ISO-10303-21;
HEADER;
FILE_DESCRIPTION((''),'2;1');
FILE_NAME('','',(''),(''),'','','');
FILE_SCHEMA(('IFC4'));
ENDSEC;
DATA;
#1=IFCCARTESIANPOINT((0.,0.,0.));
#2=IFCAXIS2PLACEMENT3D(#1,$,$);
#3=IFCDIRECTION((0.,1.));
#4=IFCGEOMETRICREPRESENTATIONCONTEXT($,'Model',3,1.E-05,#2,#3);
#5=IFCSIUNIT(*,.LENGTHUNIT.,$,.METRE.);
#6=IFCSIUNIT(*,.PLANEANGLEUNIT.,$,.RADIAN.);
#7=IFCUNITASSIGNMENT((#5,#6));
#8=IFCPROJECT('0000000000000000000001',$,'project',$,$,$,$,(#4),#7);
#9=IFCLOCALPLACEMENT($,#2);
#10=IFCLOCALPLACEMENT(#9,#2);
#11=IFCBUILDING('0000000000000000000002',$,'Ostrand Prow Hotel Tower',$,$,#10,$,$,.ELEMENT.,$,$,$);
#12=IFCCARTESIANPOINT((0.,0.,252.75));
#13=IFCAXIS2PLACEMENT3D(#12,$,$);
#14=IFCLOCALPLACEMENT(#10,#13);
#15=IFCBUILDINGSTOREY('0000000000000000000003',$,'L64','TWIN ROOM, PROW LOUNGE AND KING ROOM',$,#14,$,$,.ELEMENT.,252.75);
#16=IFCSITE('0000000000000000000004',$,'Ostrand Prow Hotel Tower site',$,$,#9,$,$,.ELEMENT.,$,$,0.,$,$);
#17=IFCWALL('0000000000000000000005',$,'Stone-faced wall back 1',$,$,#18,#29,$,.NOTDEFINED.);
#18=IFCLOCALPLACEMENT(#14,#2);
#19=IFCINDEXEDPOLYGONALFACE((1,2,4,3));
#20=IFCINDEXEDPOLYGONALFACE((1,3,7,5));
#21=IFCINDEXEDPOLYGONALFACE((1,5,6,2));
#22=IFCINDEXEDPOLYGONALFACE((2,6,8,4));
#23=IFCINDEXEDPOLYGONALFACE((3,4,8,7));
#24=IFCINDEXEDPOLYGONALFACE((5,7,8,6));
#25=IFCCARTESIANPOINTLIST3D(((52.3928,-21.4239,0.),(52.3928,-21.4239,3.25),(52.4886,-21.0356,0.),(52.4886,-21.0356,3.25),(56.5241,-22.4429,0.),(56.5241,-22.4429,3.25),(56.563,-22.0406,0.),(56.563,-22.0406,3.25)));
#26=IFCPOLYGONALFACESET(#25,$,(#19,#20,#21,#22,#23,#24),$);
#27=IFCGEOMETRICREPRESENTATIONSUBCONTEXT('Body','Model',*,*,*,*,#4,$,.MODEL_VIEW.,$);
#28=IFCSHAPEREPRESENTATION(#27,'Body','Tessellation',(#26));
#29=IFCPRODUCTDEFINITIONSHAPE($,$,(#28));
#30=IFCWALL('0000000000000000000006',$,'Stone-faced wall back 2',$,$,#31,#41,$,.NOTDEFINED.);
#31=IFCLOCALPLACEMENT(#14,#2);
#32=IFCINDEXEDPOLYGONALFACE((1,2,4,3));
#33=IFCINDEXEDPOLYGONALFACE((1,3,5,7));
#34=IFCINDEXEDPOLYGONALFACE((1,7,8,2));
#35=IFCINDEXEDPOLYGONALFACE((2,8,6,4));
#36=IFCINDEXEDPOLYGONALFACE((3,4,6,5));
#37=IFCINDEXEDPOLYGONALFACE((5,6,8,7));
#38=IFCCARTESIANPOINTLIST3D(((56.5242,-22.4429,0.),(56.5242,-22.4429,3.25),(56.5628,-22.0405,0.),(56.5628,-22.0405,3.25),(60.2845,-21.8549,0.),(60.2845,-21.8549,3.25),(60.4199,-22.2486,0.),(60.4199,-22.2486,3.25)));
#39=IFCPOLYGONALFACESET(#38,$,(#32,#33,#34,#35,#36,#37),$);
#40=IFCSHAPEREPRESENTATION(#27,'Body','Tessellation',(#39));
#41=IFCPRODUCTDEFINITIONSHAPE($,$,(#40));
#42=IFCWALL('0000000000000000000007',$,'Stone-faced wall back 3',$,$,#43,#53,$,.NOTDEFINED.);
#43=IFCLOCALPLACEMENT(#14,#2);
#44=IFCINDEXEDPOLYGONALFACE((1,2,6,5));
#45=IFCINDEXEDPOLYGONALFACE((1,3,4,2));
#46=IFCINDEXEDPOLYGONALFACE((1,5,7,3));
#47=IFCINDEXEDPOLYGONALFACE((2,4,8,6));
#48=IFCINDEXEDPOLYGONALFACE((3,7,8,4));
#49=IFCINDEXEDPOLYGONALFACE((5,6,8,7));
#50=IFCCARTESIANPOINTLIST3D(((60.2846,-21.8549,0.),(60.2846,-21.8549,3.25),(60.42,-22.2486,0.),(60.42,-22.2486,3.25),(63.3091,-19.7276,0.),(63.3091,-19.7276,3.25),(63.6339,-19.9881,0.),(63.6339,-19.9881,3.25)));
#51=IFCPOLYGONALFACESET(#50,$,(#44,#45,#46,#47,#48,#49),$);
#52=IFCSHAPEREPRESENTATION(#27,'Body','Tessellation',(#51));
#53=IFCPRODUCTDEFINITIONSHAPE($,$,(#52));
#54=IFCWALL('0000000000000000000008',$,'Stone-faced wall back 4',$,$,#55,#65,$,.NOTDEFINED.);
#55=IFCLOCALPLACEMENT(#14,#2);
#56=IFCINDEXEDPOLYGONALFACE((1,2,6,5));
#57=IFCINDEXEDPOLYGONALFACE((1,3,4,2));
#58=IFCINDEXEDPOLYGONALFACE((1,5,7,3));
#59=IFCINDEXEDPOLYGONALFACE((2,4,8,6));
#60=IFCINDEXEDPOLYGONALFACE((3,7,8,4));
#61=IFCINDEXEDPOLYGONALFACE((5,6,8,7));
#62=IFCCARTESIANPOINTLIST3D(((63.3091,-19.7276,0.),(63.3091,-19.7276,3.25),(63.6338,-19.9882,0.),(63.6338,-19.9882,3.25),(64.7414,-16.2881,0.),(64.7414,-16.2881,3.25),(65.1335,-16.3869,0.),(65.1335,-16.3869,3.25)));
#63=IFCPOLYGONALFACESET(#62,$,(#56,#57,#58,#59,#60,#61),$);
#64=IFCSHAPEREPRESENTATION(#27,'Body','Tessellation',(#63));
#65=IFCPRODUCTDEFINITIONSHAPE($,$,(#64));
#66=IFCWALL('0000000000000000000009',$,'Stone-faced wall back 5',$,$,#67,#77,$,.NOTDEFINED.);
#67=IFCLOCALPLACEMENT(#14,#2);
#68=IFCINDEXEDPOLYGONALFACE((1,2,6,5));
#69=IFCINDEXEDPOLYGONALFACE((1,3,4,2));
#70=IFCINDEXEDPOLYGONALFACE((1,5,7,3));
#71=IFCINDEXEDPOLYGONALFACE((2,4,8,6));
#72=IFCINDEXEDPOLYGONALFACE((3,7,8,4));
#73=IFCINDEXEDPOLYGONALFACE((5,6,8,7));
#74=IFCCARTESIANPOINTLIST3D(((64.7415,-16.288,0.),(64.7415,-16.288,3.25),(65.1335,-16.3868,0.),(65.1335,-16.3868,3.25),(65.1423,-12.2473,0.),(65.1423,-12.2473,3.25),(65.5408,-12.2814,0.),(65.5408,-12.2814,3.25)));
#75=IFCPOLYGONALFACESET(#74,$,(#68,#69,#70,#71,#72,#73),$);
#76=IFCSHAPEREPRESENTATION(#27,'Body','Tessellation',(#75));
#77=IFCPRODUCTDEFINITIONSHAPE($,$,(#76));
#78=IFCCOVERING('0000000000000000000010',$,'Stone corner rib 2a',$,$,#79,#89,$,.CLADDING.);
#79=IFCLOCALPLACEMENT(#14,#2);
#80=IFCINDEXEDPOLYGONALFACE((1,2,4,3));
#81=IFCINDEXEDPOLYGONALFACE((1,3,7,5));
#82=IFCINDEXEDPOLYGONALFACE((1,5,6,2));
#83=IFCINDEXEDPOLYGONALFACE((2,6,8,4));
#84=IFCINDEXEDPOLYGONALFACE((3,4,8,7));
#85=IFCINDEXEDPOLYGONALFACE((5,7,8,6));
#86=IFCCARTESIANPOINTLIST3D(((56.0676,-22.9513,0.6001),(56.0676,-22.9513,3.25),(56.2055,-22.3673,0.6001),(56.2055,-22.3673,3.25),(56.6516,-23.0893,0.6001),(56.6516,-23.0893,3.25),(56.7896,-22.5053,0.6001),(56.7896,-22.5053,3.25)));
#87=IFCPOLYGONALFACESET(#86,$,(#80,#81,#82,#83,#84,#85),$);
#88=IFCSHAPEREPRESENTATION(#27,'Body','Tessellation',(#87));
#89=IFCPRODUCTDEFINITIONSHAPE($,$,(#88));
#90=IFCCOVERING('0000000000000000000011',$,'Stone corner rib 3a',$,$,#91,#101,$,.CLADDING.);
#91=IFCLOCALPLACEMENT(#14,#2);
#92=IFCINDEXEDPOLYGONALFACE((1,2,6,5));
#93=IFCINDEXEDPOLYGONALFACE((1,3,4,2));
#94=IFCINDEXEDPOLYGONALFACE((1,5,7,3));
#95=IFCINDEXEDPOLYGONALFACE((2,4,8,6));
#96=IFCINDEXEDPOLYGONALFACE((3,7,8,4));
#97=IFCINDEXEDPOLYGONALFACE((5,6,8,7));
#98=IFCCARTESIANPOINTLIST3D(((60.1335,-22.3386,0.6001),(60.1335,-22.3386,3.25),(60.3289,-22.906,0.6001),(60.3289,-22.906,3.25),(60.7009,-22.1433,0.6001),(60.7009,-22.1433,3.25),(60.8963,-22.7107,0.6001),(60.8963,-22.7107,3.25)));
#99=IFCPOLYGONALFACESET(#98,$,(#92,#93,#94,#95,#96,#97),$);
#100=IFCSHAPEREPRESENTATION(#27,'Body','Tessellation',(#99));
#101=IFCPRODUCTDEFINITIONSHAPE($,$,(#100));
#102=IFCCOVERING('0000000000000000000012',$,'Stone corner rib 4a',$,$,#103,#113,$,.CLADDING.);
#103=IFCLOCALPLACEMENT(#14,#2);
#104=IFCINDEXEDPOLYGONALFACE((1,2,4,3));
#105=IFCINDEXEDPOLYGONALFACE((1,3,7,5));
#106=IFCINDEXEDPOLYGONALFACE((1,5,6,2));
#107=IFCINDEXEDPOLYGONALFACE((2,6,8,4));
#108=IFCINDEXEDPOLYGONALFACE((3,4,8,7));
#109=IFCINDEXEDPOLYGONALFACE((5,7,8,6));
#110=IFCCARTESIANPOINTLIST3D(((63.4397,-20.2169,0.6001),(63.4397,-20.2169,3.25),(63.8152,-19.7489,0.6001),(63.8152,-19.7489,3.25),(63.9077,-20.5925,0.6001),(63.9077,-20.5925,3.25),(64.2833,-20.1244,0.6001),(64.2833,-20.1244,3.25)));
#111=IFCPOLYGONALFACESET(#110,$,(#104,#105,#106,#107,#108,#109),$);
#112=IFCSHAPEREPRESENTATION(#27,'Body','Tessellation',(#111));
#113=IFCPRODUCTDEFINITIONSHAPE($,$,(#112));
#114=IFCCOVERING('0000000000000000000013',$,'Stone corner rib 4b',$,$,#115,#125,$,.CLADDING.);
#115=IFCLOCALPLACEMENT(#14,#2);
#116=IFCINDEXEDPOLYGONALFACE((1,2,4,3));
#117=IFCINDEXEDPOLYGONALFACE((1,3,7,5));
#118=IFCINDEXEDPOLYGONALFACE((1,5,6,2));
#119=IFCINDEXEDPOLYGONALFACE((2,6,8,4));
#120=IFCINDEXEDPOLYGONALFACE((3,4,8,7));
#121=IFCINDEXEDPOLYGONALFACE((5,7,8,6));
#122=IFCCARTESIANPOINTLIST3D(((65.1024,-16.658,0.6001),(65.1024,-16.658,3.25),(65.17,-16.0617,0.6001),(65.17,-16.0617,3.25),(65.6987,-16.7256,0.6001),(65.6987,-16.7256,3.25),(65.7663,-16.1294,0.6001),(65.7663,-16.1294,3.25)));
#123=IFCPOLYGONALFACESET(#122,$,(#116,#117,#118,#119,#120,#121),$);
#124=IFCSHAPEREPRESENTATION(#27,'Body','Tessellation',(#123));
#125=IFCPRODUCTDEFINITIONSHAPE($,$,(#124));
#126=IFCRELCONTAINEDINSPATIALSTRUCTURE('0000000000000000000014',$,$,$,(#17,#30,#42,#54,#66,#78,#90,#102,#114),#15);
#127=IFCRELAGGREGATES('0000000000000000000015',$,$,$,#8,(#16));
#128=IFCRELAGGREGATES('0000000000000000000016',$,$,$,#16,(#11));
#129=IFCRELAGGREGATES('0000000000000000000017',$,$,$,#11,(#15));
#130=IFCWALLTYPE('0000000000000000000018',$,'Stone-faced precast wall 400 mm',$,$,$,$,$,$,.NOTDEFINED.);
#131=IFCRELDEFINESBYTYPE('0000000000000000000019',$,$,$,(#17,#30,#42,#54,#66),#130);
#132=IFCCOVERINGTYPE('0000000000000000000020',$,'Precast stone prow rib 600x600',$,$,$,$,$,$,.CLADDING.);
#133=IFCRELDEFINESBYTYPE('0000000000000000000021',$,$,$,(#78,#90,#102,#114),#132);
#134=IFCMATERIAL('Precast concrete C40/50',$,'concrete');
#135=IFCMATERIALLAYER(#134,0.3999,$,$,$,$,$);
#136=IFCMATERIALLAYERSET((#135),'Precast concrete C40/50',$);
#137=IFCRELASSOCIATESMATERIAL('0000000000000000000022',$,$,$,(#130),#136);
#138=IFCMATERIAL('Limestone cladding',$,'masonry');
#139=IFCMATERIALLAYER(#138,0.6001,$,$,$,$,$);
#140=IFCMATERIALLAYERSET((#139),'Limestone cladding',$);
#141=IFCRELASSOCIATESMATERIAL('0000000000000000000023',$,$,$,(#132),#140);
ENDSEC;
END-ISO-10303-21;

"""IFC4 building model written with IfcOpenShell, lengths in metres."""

from ifc_helpers import new_model, si_unit, direction, frame, frame_2d, origin, place, context, subcontext, project, spatial, polyline, rectangle, outline, extrude, material, layer, layer_set, type_object, element, save


model = new_model("IFC4")

# Units and contexts
model_context = context("Model", 3, precision=1e-05, world=origin(), true_north=direction((0.0, 1.0)))
body_context = subcontext(model_context, "Body", "Model", "MODEL_VIEW")
ifc_project = project(units=[si_unit("LENGTHUNIT", "METRE"), si_unit("PLANEANGLEUNIT", "RADIAN")], contexts=[model_context])

# Site, building, storey
site_placement = place(None, origin())
site = spatial("IfcSite", under=ifc_project, at=site_placement, Name="Ostrand Prow Hotel Tower site", CompositionType="ELEMENT", RefElevation=0.0)
building_placement = place(site_placement, origin())
building = spatial("IfcBuilding", under=site, at=building_placement, Name="Ostrand Prow Hotel Tower", CompositionType="ELEMENT")
storey_placement = place(building_placement, frame((0.0, 0.0, 252.75)))
storey = spatial("IfcBuildingStorey", under=building, at=storey_placement, Name="L64", Description="TWIN ROOM, PROW LOUNGE AND KING ROOM", CompositionType="ELEMENT", Elevation=252.75)

# Walls
ifc_material_1 = material(Name="Precast concrete C40/50", Category="concrete")
ifc_layer_1 = layer(ifc_material_1, 0.3999)
ifc_layer_set_1 = layer_set([ifc_layer_1], Name="Precast concrete C40/50")
wall_type_1 = type_object("IfcWallType", Name="Stone-faced precast wall 400 mm", PredefinedType="NOTDEFINED", material=ifc_layer_set_1)
wall_1_placement = place(storey_placement, frame((52.4407, -21.2297, 0.0), z_axis=(0.0, 0.0, 1.0), x_axis=(0.970902, -0.239476, 0.0)))
element("IfcWall", 1, at=wall_1_placement, inside=storey, type_object=wall_type_1, Name="Stone-faced wall back 1", PredefinedType="NOTDEFINED", context=body_context, shape_type="SweptSolid", body=[
    extrude(outline(polyline([(0.0, -0.2), (4.2551, -0.2), (4.1965, 0.2), (0.0, 0.2), (0.0, -0.2)])), origin(), (0.0, 0.0, 1.0), 3.25),
])
wall_2_placement = place(storey_placement, frame((56.5435, -22.2417, 0.0), z_axis=(0.0, 0.0, 1.0), x_axis=(0.998759, 0.049807, 0.0)))
element("IfcWall", 2, at=wall_2_placement, inside=storey, type_object=wall_type_1, Name="Stone-faced wall back 2", PredefinedType="NOTDEFINED", context=body_context, shape_type="SweptSolid", body=[
    extrude(outline(polyline([(-0.0293, -0.2), (3.8713, -0.2), (3.7556, 0.2), (0.0293, 0.2), (-0.0293, -0.2)])), origin(), (0.0, 0.0, 1.0), 3.25),
])
wall_3_placement = place(storey_placement, frame((60.3523, -22.0518, 0.0), z_axis=(0.0, 0.0, 1.0), x_axis=(0.817943, 0.5753, 0.0)))
element("IfcWall", 3, at=wall_3_placement, inside=storey, type_object=wall_type_1, Name="Stone-faced wall back 3", PredefinedType="NOTDEFINED", context=body_context, shape_type="SweptSolid", body=[
    extrude(outline(polyline([(-0.0579, -0.2), (3.8713, -0.2), (3.7556, 0.2), (0.0579, 0.2), (-0.0579, -0.2)])), origin(), (0.0, 0.0, 1.0), 3.25),
])
wall_4_placement = place(storey_placement, frame((63.4714, -19.8579, 0.0), z_axis=(0.0, 0.0, 1.0), x_axis=(0.384434, 0.923153, 0.0)))
element("IfcWall", 4, at=wall_4_placement, inside=storey, type_object=wall_type_1, Name="Stone-faced wall back 4", PredefinedType="NOTDEFINED", context=body_context, shape_type="SweptSolid", body=[
    extrude(outline(polyline([(-0.0579, -0.2), (3.8433, -0.2), (3.7837, 0.2), (0.0579, 0.2), (-0.0579, -0.2)])), origin(), (0.0, 0.0, 1.0), 3.25),
])
wall_5_placement = place(storey_placement, frame((64.9375, -16.3374, 0.0), z_axis=(0.0, 0.0, 1.0), x_axis=(0.098718, 0.995115, 0.0)))
element("IfcWall", 5, at=wall_5_placement, inside=storey, type_object=wall_type_1, Name="Stone-faced wall back 5", PredefinedType="NOTDEFINED", context=body_context, shape_type="SweptSolid", body=[
    extrude(outline(polyline([(-0.0298, -0.2), (4.0957, -0.2), (4.0903, 0.2), (0.0298, 0.2), (-0.0298, -0.2)])), origin(), (0.0, 0.0, 1.0), 3.25),
])

# Coverings
ifc_material_2 = material(Name="Limestone cladding", Category="masonry")
ifc_layer_2 = layer(ifc_material_2, 0.6001)
ifc_layer_set_2 = layer_set([ifc_layer_2], Name="Limestone cladding")
covering_type = type_object("IfcCoveringType", Name="Precast stone prow rib 600x600", PredefinedType="CLADDING", material=ifc_layer_set_2)
for number, where, z_axis, x_axis, name in (
    (6, (56.4976, -22.4363, 0.6001), (0.0, 0.0, 1.0), (-0.229878, -0.973219, 0.0), "Stone corner rib 2a"),
    (7, (60.4172, -22.241, 0.6001), (0.0, 0.0, 1.0), (0.325489, -0.945546, 0.0), "Stone corner rib 3a"),
    (8, (63.6274, -19.9829, 0.6001), (0.0, 0.0, 1.0), (0.779995, -0.625786, 0.0), "Stone corner rib 4a"),
    (9, (65.1362, -16.3599, 0.6001), (0.0, 0.0, 1.0), (0.993628, -0.112709, 0.0), "Stone corner rib 4b"),
):
    element("IfcCovering", number, at=place(storey_placement, frame(where, z_axis=z_axis, x_axis=x_axis)), inside=storey, type_object=covering_type, Name=name, PredefinedType="CLADDING", context=body_context, shape_type="SweptSolid", body=[
        extrude(rectangle(XDim=0.6001, YDim=0.6001, at=frame_2d((0.3, 0.0))), origin(), (0.0, 0.0, 1.0), 2.6499),
    ])

save(model, "model.ifc")
